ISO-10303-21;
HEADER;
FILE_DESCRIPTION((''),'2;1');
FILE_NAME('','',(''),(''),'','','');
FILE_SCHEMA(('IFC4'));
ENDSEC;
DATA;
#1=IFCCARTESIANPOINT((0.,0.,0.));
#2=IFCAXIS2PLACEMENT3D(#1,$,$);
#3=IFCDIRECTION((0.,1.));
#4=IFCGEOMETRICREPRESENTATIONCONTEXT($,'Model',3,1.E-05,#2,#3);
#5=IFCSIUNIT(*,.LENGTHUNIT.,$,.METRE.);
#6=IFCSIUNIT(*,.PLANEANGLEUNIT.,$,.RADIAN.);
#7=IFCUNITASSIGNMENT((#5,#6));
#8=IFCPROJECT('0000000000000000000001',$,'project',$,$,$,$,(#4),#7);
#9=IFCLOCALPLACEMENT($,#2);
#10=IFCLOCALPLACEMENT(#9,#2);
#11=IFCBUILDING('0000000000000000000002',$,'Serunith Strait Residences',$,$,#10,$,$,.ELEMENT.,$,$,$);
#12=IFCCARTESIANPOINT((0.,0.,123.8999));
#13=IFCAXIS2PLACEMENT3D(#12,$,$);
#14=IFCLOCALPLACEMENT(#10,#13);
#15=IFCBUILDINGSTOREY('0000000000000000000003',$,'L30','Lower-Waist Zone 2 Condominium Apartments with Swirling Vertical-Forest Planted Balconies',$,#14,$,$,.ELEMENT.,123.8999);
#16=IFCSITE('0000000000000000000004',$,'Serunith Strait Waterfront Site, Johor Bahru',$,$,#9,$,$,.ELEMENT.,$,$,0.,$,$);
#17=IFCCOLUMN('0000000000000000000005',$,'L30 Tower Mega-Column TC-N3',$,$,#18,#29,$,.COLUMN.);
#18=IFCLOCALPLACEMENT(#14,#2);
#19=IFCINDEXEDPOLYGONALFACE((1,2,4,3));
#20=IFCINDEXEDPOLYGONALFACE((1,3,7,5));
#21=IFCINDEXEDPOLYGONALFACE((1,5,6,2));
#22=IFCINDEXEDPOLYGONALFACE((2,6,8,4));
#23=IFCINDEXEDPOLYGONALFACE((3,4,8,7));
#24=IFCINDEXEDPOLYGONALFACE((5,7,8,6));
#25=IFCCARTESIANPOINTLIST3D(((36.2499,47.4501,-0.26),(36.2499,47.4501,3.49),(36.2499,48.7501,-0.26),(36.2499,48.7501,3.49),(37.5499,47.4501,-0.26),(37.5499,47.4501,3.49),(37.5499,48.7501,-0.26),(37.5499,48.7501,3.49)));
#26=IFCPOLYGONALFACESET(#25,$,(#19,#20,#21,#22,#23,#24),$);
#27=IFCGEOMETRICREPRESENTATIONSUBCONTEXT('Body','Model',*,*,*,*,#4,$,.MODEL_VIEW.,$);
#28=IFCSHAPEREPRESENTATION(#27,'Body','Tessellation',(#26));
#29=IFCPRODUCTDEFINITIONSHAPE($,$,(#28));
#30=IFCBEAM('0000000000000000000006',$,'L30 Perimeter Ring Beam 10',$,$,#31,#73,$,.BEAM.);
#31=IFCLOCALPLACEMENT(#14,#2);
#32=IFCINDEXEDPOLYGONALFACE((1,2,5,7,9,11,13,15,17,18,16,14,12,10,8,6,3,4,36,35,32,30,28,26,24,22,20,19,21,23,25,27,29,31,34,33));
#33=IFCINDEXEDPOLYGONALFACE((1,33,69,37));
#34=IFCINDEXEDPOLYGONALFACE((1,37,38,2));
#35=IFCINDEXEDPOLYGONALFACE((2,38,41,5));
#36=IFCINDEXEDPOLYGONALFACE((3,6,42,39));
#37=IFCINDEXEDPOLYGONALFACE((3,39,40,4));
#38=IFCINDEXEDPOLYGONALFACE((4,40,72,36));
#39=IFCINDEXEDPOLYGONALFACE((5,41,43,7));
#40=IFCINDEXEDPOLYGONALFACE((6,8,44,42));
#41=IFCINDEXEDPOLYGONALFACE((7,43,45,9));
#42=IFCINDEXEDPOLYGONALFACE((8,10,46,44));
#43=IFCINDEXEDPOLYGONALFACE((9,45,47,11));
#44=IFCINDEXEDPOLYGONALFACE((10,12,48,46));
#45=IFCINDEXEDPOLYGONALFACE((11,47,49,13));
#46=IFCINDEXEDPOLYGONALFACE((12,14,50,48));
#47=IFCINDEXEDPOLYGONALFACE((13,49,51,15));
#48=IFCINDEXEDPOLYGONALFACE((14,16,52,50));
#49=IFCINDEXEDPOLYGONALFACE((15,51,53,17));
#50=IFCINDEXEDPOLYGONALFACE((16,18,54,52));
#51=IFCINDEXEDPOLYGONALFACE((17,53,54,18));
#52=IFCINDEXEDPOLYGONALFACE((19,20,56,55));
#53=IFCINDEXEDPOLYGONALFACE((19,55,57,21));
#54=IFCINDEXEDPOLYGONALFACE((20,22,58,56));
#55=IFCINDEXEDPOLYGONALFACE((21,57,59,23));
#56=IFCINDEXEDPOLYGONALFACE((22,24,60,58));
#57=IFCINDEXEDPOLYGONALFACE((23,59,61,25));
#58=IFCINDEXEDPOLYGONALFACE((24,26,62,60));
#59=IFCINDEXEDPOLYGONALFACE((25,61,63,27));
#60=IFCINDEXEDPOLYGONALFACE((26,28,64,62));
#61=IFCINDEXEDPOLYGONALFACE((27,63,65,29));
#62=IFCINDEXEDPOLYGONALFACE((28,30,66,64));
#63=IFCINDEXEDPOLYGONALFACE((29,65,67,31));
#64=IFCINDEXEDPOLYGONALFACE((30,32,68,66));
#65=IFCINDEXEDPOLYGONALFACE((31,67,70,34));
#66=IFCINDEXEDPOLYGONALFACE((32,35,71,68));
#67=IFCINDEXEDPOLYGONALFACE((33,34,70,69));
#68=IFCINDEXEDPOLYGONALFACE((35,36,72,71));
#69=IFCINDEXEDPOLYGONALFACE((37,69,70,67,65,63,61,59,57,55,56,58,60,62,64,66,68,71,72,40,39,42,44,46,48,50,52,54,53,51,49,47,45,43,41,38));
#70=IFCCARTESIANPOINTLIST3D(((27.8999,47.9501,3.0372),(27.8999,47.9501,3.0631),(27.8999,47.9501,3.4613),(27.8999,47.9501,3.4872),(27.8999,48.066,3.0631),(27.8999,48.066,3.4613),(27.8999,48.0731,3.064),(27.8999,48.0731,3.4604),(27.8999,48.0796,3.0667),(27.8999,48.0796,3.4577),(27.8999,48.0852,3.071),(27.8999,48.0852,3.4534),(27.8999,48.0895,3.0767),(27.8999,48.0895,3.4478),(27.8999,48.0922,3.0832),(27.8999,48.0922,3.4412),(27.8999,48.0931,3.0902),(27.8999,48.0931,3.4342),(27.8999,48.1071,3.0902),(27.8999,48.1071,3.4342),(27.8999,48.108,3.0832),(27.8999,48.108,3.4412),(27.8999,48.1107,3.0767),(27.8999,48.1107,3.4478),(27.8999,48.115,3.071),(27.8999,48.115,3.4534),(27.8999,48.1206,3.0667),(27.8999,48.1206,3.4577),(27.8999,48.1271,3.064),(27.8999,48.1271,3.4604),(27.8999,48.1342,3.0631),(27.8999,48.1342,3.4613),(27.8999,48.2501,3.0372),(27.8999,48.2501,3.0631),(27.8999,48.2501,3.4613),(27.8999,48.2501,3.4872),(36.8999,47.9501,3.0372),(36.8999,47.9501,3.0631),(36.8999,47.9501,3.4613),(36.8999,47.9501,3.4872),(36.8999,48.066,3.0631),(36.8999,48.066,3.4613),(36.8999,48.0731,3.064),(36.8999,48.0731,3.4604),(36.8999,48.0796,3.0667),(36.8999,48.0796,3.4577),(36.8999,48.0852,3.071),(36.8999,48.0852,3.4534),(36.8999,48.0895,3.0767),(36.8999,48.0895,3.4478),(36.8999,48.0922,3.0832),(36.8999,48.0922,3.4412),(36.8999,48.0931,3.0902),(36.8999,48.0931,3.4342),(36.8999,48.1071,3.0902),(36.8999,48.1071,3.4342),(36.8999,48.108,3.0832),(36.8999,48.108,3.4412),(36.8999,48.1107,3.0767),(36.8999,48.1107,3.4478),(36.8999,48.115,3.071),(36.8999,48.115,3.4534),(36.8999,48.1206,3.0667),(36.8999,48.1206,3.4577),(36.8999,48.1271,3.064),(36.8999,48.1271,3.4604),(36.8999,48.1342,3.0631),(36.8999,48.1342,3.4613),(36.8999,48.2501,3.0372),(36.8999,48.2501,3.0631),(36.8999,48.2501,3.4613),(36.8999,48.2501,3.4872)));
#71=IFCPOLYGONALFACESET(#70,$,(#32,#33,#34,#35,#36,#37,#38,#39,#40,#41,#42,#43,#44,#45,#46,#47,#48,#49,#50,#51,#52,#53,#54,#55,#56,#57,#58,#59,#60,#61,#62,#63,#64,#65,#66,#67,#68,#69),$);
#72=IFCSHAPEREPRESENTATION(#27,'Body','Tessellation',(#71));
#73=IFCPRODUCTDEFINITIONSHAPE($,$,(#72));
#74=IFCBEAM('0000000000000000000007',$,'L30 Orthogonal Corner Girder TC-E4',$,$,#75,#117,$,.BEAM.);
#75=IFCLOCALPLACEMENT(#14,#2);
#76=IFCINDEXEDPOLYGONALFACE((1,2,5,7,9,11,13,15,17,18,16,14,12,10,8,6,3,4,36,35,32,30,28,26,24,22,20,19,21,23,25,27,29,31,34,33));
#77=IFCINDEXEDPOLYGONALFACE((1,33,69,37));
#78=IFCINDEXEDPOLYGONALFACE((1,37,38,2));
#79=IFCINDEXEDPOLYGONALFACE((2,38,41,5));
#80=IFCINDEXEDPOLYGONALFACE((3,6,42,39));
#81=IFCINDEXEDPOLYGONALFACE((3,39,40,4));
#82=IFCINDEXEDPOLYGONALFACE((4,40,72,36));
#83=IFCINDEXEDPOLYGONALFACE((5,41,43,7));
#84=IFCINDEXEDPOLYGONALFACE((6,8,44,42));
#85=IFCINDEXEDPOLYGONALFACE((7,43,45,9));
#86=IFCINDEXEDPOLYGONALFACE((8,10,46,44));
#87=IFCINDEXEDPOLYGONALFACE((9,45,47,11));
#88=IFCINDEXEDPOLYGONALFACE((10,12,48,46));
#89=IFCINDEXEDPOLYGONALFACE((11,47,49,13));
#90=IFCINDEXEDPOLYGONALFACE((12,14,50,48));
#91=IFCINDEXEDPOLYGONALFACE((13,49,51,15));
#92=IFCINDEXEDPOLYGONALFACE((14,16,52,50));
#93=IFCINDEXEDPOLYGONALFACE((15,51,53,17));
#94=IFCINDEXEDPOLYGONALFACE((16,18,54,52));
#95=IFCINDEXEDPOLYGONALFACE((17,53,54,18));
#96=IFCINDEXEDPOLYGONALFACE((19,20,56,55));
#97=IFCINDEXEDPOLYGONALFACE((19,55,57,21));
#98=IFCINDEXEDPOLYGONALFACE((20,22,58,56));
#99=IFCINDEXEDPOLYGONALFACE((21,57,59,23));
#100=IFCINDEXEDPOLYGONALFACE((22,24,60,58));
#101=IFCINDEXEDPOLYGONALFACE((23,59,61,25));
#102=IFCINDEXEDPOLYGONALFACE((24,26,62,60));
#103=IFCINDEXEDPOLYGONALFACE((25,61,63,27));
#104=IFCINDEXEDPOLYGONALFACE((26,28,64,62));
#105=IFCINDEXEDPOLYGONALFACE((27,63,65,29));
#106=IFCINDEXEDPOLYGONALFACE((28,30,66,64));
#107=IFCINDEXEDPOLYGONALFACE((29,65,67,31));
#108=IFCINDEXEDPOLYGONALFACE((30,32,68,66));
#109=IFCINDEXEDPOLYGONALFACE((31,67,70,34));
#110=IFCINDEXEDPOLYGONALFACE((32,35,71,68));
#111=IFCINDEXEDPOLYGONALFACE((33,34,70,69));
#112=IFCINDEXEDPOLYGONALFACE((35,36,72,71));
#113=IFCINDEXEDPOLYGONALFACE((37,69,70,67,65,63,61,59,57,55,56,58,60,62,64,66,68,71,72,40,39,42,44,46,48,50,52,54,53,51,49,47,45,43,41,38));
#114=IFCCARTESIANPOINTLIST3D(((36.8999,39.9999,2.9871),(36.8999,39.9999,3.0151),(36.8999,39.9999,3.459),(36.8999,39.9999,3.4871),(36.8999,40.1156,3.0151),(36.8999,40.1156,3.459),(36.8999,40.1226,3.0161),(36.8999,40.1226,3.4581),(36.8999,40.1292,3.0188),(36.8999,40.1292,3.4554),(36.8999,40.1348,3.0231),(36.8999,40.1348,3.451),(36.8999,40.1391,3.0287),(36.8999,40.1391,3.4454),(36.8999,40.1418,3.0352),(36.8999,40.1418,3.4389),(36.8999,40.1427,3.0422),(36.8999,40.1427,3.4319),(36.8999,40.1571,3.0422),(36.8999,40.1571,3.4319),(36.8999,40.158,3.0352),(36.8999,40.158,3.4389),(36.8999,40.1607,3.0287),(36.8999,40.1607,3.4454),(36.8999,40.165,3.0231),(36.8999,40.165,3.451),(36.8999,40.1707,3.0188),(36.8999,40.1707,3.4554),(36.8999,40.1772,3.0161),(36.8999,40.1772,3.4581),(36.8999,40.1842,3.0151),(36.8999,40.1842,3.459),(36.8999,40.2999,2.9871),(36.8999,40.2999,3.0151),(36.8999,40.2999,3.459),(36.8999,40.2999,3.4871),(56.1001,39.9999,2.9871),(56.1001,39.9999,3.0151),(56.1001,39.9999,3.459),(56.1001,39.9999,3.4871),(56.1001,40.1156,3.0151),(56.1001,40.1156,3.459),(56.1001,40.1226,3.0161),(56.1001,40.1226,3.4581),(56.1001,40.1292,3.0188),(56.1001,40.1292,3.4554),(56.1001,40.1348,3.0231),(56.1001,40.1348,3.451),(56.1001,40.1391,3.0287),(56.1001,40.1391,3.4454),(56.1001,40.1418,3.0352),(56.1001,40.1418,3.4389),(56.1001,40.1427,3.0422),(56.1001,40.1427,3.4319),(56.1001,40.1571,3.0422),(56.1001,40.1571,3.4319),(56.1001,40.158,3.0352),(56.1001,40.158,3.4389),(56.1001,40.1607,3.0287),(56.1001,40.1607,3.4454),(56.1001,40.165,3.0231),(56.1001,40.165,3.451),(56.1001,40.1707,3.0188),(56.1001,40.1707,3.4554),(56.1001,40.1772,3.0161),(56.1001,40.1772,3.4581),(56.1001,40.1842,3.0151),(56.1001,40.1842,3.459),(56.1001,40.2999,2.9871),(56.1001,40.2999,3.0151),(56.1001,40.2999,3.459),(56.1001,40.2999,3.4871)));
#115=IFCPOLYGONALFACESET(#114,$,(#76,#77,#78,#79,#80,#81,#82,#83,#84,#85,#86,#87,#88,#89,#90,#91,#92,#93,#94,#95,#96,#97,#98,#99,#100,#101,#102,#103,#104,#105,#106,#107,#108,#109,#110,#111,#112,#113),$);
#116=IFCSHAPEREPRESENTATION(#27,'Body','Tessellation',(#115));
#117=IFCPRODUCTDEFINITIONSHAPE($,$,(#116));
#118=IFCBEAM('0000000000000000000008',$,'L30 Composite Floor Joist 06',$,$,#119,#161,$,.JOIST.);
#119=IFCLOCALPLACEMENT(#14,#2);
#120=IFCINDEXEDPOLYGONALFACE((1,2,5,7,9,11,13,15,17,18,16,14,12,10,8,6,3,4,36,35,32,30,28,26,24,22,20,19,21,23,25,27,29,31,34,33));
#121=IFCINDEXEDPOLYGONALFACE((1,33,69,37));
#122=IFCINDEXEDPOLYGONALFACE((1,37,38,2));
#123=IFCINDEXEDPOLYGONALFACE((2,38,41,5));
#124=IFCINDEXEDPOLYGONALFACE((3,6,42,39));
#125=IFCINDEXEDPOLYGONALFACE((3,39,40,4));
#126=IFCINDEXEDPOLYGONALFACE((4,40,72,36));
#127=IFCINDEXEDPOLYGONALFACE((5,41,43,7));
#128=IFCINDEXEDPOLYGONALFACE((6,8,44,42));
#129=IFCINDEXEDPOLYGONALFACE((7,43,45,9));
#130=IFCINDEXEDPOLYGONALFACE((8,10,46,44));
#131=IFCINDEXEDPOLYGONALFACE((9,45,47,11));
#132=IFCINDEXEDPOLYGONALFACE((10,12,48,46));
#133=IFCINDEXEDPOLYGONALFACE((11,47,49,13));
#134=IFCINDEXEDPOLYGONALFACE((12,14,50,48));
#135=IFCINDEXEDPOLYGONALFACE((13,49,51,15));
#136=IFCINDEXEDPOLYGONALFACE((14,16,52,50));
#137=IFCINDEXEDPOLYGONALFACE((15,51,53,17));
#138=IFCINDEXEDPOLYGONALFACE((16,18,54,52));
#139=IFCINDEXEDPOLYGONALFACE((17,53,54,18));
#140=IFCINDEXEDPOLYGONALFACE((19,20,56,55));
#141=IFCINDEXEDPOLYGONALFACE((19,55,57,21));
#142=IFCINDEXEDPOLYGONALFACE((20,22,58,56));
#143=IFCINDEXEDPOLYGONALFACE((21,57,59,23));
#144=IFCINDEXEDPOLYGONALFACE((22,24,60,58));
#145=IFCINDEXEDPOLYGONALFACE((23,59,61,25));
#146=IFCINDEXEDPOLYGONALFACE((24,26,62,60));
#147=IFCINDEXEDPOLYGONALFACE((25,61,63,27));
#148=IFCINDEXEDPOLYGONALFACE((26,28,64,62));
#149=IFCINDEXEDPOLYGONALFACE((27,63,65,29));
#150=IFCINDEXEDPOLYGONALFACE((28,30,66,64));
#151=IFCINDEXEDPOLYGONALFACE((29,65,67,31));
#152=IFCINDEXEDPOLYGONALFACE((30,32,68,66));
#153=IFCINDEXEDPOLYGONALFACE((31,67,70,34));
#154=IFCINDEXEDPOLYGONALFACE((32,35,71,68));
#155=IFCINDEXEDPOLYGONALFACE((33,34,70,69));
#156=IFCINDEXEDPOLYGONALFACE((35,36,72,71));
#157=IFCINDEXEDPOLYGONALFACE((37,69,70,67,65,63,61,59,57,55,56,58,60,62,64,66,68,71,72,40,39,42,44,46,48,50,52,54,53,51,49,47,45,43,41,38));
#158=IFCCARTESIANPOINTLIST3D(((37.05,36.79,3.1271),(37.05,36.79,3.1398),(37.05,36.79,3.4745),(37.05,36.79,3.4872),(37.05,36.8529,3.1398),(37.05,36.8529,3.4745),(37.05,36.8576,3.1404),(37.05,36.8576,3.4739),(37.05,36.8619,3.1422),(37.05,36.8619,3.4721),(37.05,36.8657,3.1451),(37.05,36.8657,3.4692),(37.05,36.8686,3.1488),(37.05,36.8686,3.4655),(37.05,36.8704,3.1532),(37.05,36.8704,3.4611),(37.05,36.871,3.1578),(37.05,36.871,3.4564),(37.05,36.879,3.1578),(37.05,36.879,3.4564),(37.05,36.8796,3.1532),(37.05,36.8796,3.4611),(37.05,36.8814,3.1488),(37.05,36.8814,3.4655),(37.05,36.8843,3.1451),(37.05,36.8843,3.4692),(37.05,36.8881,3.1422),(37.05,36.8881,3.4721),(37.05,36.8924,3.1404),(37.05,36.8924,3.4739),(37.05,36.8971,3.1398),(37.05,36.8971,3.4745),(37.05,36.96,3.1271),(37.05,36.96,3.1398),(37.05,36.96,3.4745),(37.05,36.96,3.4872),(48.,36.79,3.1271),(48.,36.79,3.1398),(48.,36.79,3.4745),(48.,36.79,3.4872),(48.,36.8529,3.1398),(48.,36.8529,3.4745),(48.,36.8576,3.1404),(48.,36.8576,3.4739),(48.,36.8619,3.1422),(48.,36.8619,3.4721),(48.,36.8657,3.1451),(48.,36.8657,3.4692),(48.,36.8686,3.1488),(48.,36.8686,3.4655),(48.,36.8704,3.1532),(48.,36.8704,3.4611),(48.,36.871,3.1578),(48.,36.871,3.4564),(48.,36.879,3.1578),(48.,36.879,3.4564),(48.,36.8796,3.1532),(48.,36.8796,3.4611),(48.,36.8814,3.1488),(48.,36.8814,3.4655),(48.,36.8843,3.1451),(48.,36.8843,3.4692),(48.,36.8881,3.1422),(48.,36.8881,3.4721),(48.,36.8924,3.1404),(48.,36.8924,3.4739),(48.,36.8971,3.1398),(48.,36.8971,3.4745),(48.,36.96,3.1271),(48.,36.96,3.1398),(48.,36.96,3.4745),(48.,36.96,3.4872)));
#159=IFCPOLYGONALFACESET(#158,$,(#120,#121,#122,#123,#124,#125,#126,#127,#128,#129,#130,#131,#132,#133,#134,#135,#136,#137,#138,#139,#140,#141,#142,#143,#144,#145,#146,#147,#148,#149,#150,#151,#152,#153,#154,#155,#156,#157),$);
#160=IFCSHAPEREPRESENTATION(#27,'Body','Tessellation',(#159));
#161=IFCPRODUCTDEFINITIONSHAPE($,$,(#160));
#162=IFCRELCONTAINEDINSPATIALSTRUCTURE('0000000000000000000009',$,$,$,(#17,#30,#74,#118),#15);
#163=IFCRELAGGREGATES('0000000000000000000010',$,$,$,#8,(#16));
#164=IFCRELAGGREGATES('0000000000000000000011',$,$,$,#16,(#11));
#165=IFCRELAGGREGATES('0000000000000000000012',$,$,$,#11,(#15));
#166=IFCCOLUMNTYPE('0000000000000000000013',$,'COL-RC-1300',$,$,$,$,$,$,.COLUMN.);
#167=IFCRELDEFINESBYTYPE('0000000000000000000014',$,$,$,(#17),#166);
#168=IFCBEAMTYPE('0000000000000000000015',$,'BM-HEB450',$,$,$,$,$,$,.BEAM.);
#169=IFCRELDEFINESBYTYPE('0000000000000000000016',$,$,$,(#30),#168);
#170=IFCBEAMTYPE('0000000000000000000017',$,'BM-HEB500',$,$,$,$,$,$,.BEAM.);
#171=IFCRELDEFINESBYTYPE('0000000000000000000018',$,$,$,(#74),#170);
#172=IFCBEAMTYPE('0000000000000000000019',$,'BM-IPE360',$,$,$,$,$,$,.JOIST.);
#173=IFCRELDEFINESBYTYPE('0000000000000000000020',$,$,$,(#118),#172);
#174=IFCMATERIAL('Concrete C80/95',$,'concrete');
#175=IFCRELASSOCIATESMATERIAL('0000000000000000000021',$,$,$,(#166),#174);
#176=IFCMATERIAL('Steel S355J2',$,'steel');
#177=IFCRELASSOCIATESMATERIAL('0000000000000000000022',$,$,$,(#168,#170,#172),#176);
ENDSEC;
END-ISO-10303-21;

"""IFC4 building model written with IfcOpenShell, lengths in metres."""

from ifc_helpers import new_model, si_unit, direction, frame, origin, origin_2d, place, context, subcontext, project, spatial, rectangle, i_section, extrude, source, transform, mapped, material, material_profile, profile_set, type_object, element, save


model = new_model("IFC4")

# Units and contexts
model_context = context("Model", 3, precision=1e-05, world=origin(), true_north=direction((0.0, 1.0)))
body_context = subcontext(model_context, "Body", "Model", "MODEL_VIEW")
ifc_project = project(units=[si_unit("LENGTHUNIT", "METRE"), si_unit("PLANEANGLEUNIT", "RADIAN")], contexts=[model_context])

# Site, building, storey
site_placement = place(None, origin())
site = spatial("IfcSite", under=ifc_project, at=site_placement, Name="Serunith Strait Waterfront Site, Johor Bahru", CompositionType="ELEMENT", RefElevation=0.0)
building_placement = place(site_placement, origin())
building = spatial("IfcBuilding", under=site, at=building_placement, Name="Serunith Strait Residences", CompositionType="ELEMENT")
storey_placement = place(building_placement, frame((0.0, 0.0, 123.8999)))
storey = spatial("IfcBuildingStorey", under=building, at=storey_placement, Name="L30", Description="Lower-Waist Zone 2 Condominium Apartments with Swirling Vertical-Forest Planted Balconies", CompositionType="ELEMENT", Elevation=123.8999)

# Column
ifc_material_1 = material(Name="Concrete C80/95", Category="concrete")
ifc_material_profile_1 = material_profile(ifc_material_1, rectangle(XDim=1.3, YDim=1.3, at=origin_2d()), Name="RC 1300x1300")
ifc_profile_set_1 = profile_set([ifc_material_profile_1], Name="Concrete C80/95")
column_type = type_object("IfcColumnType", Name="COL-RC-1300", PredefinedType="COLUMN", material=ifc_profile_set_1)
shared_shape_1 = source(origin(), body_context, "Body", "SweptSolid", [
    extrude(rectangle(XDim=1.3, YDim=1.3, at=origin_2d()), origin(), (0.0, 0.0, 1.0), 3.75),
])
column_placement = place(storey_placement, frame((36.8999, 48.1001, -0.26), z_axis=(0.0, 0.0, 1.0), x_axis=(1.0, 0.0, 0.0)))
element("IfcColumn", 1, at=column_placement, inside=storey, type_object=column_type, Name="L30 Tower Mega-Column TC-N3", PredefinedType="COLUMN", context=body_context, shape_type="MappedRepresentation", body=[
    mapped(shared_shape_1, transform((0.0, 0.0, 0.0), scale=1.0)),
])

# Beams
ifc_material_2 = material(Name="Steel S355J2", Category="steel")
ifc_material_profile_2 = material_profile(ifc_material_2, i_section(OverallWidth=0.3, OverallDepth=0.45, WebThickness=0.0139, FlangeThickness=0.0259, FilletRadius=0.0271, at=origin_2d()), Name="HEB 450")
ifc_profile_set_2 = profile_set([ifc_material_profile_2], Name="Steel S355J2")
beam_type_1 = type_object("IfcBeamType", Name="BM-HEB450", PredefinedType="BEAM", material=ifc_profile_set_2)
shared_shape_2 = source(origin(), body_context, "Body", "SweptSolid", [
    extrude(i_section(OverallWidth=0.3, OverallDepth=0.45, WebThickness=0.0139, FlangeThickness=0.0259, FilletRadius=0.0271, at=origin_2d()), origin(), (0.0, 0.0, 1.0), 9.0),
])
beam_1_placement = place(storey_placement, frame((36.8999, 48.1001, 3.2622), z_axis=(-1.0, 0.0, 0.0), x_axis=(0.0, -1.0, 0.0)))
element("IfcBeam", 2, at=beam_1_placement, inside=storey, type_object=beam_type_1, Name="L30 Perimeter Ring Beam 10", PredefinedType="BEAM", context=body_context, shape_type="MappedRepresentation", body=[
    mapped(shared_shape_2, transform((0.0, 0.0, 0.0), scale=1.0)),
])
ifc_material_profile_3 = material_profile(ifc_material_2, i_section(OverallWidth=0.3, OverallDepth=0.5, WebThickness=0.0144, FlangeThickness=0.0281, FilletRadius=0.0271, at=origin_2d()), Name="HEB 500")
ifc_profile_set_3 = profile_set([ifc_material_profile_3], Name="Steel S355J2")
beam_type_2 = type_object("IfcBeamType", Name="BM-HEB500", PredefinedType="BEAM", material=ifc_profile_set_3)
shared_shape_3 = source(origin(), body_context, "Body", "SweptSolid", [
    extrude(i_section(OverallWidth=0.3, OverallDepth=0.5, WebThickness=0.0144, FlangeThickness=0.0281, FilletRadius=0.0271, at=origin_2d()), origin(), (0.0, 0.0, 1.0), 19.2002),
])
beam_2_placement = place(storey_placement, frame((36.8999, 40.1499, 3.2371), z_axis=(1.0, 0.0, 0.0), x_axis=(0.0, 1.0, 0.0)))
element("IfcBeam", 3, at=beam_2_placement, inside=storey, type_object=beam_type_2, Name="L30 Orthogonal Corner Girder TC-E4", PredefinedType="BEAM", context=body_context, shape_type="MappedRepresentation", body=[
    mapped(shared_shape_3, transform((0.0, 0.0, 0.0), scale=1.0)),
])
ifc_material_profile_4 = material_profile(ifc_material_2, i_section(OverallWidth=0.1699, OverallDepth=0.3601, WebThickness=0.0081, FlangeThickness=0.0127, FilletRadius=0.0181, at=origin_2d()), Name="IPE 360")
ifc_profile_set_4 = profile_set([ifc_material_profile_4], Name="Steel S355J2")
beam_type_3 = type_object("IfcBeamType", Name="BM-IPE360", PredefinedType="JOIST", material=ifc_profile_set_4)
shared_shape_4 = source(origin(), body_context, "Body", "SweptSolid", [
    extrude(i_section(OverallWidth=0.1699, OverallDepth=0.3601, WebThickness=0.0081, FlangeThickness=0.0127, FilletRadius=0.0181, at=origin_2d()), origin(), (0.0, 0.0, 1.0), 10.95),
])
beam_3_placement = place(storey_placement, frame((37.05, 36.875, 3.3071), z_axis=(1.0, 0.0, 0.0), x_axis=(0.0, 1.0, 0.0)))
element("IfcBeam", 4, at=beam_3_placement, inside=storey, type_object=beam_type_3, Name="L30 Composite Floor Joist 06", PredefinedType="JOIST", context=body_context, shape_type="MappedRepresentation", body=[
    mapped(shared_shape_4, transform((0.0, 0.0, 0.0), scale=1.0)),
])

save(model, "model.ifc")
